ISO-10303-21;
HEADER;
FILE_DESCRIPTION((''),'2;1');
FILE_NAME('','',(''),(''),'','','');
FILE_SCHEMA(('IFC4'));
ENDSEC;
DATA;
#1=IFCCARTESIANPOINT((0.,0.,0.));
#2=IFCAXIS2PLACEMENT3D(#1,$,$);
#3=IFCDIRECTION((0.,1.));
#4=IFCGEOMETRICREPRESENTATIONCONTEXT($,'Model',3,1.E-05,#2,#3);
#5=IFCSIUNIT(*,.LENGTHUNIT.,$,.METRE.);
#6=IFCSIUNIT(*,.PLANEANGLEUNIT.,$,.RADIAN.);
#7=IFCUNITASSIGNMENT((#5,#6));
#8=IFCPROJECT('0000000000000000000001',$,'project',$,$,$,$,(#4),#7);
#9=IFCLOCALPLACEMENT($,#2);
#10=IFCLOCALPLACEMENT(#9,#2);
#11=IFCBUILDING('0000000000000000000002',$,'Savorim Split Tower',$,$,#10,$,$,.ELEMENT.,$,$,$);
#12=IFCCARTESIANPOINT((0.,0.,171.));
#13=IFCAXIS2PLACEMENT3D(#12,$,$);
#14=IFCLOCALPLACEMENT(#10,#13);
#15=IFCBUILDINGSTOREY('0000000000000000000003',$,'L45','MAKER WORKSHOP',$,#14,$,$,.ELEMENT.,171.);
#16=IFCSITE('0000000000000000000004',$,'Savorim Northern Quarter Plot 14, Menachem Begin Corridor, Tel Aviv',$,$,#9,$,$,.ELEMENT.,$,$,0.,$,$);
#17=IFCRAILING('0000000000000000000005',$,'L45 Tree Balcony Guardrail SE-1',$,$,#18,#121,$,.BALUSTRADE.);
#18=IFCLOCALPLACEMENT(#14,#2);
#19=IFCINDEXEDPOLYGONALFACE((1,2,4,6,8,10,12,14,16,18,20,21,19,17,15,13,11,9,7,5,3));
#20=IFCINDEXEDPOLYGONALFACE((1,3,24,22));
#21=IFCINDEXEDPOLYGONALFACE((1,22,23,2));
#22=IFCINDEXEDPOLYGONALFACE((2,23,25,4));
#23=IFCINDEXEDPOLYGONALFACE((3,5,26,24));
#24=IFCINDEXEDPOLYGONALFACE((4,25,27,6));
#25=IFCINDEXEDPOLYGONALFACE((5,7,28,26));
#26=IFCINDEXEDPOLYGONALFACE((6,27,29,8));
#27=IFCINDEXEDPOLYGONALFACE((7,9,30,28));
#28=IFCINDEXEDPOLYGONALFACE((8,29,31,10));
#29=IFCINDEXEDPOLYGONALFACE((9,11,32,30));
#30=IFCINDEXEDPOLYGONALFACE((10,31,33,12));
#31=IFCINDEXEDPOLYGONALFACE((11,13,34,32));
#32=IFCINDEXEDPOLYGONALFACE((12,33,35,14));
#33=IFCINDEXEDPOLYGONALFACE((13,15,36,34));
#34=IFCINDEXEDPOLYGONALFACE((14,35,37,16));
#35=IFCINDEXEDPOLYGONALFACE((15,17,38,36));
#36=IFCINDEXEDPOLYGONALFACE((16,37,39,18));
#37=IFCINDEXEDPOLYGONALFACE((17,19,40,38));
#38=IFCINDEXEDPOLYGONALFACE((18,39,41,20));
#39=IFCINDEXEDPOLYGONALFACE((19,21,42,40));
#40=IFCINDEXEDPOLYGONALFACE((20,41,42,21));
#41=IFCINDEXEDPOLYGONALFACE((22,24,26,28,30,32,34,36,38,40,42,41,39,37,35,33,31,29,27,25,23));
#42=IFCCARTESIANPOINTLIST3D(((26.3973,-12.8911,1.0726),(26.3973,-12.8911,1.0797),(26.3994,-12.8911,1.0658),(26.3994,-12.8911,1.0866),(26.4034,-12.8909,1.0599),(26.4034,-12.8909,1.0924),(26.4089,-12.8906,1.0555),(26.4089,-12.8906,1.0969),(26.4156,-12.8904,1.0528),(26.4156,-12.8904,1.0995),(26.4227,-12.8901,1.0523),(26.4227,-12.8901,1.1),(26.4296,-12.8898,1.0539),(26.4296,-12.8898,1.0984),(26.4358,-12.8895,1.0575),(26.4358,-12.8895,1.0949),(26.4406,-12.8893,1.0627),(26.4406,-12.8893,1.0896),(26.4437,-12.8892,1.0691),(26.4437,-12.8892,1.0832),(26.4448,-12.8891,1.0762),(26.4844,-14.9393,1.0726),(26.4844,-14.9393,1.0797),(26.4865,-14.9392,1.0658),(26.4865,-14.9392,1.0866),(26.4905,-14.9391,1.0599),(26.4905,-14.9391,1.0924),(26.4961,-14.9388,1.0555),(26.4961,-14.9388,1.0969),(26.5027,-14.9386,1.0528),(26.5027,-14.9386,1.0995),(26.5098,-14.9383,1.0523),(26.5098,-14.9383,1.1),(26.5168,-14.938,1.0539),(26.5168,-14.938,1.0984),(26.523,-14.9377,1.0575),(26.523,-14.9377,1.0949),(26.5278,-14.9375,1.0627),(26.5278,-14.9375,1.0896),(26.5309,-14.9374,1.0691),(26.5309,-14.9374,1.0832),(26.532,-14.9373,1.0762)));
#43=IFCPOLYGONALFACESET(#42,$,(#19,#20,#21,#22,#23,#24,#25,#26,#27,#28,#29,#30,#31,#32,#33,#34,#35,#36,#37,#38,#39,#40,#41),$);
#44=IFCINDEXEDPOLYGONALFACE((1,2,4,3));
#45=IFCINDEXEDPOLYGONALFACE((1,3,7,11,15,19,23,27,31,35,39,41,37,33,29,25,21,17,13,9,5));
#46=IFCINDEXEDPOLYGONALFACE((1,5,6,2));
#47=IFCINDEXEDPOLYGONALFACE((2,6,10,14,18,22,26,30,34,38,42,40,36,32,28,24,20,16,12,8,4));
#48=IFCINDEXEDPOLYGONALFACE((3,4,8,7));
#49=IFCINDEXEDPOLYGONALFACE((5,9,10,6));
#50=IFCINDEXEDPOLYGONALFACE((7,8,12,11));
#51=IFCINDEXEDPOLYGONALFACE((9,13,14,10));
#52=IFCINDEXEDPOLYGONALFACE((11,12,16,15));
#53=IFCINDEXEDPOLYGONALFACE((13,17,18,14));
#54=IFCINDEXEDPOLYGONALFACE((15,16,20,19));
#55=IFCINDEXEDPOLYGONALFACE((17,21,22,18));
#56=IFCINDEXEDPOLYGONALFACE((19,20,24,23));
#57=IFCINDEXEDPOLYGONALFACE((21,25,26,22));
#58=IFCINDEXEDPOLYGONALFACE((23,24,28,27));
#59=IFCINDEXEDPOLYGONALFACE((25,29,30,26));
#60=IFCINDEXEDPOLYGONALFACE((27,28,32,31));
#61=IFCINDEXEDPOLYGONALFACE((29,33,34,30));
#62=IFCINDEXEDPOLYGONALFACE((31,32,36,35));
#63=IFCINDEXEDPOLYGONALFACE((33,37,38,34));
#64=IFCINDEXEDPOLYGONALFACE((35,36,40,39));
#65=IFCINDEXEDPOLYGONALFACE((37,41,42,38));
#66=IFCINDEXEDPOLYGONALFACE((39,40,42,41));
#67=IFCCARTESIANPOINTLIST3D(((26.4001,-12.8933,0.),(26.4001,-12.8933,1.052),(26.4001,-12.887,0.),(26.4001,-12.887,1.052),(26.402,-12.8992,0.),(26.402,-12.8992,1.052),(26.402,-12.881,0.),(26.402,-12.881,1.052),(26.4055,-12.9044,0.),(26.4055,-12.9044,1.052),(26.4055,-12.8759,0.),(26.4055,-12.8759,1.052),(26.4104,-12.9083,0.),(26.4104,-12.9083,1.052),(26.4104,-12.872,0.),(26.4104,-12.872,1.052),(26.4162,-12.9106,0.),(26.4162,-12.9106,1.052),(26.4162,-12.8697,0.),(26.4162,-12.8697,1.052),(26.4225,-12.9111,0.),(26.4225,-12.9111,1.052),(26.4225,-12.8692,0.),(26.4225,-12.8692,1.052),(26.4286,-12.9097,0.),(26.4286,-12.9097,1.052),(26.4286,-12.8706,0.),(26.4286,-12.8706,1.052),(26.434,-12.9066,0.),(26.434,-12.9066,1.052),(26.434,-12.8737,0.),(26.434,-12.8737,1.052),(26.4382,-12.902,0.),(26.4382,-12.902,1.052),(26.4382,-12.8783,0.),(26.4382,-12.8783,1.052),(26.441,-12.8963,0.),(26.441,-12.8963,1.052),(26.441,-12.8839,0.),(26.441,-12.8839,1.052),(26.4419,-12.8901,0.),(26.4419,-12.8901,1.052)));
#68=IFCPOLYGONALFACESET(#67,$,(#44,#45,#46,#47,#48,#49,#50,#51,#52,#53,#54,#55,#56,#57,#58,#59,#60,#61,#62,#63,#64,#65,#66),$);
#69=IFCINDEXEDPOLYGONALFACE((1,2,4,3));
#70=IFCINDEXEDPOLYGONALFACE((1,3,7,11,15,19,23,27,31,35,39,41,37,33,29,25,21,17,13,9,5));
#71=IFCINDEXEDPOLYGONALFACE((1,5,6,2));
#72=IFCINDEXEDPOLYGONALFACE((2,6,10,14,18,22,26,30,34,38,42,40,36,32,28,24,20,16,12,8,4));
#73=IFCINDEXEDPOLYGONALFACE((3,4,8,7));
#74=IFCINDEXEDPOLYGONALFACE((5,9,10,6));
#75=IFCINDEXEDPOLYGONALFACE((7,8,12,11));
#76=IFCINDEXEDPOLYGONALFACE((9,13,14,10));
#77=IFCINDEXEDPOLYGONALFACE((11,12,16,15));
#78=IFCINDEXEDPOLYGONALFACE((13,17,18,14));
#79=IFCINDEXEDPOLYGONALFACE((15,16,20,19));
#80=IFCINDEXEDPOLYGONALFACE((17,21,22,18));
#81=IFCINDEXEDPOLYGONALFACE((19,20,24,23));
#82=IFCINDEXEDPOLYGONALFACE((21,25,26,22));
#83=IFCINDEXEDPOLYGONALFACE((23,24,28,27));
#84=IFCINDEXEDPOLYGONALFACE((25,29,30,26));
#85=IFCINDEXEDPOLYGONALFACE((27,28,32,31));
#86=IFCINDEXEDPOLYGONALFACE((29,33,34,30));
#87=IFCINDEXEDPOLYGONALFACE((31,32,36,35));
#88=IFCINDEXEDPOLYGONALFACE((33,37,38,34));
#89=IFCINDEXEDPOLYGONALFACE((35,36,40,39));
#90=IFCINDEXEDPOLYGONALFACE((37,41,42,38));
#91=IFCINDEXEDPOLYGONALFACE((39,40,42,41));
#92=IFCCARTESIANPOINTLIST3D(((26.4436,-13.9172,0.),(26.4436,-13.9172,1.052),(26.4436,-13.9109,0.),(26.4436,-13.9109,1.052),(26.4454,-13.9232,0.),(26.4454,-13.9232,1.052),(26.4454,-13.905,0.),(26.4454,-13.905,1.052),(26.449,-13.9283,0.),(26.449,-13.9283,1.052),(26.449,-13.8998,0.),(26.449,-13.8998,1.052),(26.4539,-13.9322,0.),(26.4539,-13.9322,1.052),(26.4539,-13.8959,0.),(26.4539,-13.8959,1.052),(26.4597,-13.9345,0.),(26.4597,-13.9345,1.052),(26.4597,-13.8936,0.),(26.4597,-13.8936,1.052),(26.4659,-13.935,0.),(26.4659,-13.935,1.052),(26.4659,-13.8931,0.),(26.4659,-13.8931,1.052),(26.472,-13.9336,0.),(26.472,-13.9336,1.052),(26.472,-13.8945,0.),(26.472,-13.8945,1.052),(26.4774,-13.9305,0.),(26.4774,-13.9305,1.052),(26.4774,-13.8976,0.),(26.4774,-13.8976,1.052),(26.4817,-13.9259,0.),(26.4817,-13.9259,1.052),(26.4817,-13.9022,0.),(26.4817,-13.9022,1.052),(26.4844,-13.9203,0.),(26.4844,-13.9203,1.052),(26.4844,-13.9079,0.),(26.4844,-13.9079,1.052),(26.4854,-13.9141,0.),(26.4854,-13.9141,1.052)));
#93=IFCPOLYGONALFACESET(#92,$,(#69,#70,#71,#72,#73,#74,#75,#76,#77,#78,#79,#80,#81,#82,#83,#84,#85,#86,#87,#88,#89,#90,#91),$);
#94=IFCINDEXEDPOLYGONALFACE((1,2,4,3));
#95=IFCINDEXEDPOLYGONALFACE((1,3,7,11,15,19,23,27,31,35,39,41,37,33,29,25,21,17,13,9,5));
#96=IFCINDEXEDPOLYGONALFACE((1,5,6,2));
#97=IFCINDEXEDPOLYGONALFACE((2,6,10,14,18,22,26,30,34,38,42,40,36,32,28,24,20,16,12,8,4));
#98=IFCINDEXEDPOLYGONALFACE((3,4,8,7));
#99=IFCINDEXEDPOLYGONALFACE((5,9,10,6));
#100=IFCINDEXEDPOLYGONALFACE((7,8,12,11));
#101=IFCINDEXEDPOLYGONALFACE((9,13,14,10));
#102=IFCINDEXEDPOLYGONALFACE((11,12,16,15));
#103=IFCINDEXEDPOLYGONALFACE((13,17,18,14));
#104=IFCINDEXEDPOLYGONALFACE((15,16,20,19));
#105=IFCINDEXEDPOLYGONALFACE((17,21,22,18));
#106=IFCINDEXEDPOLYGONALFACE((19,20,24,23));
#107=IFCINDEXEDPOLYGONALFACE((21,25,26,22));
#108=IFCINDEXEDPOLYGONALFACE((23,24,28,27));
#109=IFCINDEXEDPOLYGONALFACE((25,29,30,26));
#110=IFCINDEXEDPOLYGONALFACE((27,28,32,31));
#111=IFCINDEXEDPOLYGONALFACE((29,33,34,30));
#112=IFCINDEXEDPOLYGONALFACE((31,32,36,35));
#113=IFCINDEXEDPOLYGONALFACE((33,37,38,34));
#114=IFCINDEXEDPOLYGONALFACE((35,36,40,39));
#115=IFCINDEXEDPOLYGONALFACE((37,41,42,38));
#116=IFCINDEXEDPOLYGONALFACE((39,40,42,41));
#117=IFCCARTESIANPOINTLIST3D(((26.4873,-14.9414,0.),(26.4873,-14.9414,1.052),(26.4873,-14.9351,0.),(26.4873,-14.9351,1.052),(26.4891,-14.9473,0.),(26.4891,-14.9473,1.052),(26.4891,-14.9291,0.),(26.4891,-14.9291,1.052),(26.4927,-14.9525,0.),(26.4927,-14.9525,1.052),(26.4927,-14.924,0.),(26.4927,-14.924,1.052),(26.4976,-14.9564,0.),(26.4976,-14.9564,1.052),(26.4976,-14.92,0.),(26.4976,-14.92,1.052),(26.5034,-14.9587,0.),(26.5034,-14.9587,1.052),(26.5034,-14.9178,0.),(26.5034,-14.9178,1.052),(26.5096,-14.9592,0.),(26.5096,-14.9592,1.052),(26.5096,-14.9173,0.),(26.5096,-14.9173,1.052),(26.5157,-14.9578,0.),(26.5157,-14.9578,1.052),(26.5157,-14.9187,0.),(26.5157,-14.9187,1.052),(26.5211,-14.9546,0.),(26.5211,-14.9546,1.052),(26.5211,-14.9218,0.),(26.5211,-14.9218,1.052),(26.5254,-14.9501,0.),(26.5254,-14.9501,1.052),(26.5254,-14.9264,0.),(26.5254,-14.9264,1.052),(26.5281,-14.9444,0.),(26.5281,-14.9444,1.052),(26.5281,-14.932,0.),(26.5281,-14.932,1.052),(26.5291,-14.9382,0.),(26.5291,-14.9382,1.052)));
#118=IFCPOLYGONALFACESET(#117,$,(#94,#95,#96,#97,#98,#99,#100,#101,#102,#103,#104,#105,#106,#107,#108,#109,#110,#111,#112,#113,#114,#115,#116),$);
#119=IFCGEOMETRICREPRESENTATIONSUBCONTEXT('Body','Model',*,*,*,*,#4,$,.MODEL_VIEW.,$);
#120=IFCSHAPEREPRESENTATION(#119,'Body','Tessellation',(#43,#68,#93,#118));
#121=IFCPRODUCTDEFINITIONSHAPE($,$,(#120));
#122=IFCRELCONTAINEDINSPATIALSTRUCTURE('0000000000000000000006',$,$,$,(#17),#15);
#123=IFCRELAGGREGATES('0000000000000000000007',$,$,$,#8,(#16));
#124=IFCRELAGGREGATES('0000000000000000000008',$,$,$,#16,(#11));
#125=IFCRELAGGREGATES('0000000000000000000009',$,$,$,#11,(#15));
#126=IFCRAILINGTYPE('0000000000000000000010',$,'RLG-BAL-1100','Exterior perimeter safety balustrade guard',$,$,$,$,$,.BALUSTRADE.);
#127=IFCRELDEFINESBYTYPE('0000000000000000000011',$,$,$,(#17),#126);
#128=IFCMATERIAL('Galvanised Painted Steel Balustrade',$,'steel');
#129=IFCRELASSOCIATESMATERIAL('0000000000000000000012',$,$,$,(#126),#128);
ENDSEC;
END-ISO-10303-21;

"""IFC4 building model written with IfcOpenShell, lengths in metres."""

from ifc_helpers import new_model, si_unit, direction, frame, origin, origin_2d, place, context, subcontext, project, spatial, circle, extrude, material, type_object, element, save


model = new_model("IFC4")

# Units and contexts
model_context = context("Model", 3, precision=1e-05, world=origin(), true_north=direction((0.0, 1.0)))
body_context = subcontext(model_context, "Body", "Model", "MODEL_VIEW")
ifc_project = project(units=[si_unit("LENGTHUNIT", "METRE"), si_unit("PLANEANGLEUNIT", "RADIAN")], contexts=[model_context])

# Site, building, storey
site_placement = place(None, origin())
site = spatial("IfcSite", under=ifc_project, at=site_placement, Name="Savorim Northern Quarter Plot 14, Menachem Begin Corridor, Tel Aviv", CompositionType="ELEMENT", RefElevation=0.0)
building_placement = place(site_placement, origin())
building = spatial("IfcBuilding", under=site, at=building_placement, Name="Savorim Split Tower", CompositionType="ELEMENT")
storey_placement = place(building_placement, frame((0.0, 0.0, 171.0)))
storey = spatial("IfcBuildingStorey", under=building, at=storey_placement, Name="L45", Description="MAKER WORKSHOP", CompositionType="ELEMENT", Elevation=171.0)

# Railing
ifc_material_1 = material(Name="Galvanised Painted Steel Balustrade", Category="steel")
railing_type = type_object("IfcRailingType", Name="RLG-BAL-1100", Description="Exterior perimeter safety balustrade guard", PredefinedType="BALUSTRADE", material=ifc_material_1)
railing_1_placement = place(storey_placement, frame((26.4209, -12.8901, 0.0)))
element("IfcRailing", 1, at=railing_1_placement, inside=storey, type_object=railing_type, Name="L45 Tree Balcony Guardrail SE-1", PredefinedType="BALUSTRADE", context=body_context, shape_type="SweptSolid", body=[
    extrude(circle(Radius=0.0239, at=origin_2d()), frame((0.0, 0.0, 1.0762), z_axis=(0.042517, -0.999096, 0.0), x_axis=(0.999096, 0.042517, 0.0)), (0.0, 0.0, 1.0), 2.05),
    extrude(circle(Radius=0.021, at=origin_2d()), origin(), (0.0, 0.0, 1.0), 1.052),
    extrude(circle(Radius=0.021, at=origin_2d()), frame((0.0435, -1.0239, 0.0)), (0.0, 0.0, 1.0), 1.052),
    extrude(circle(Radius=0.021, at=origin_2d()), frame((0.0872, -2.0481, 0.0)), (0.0, 0.0, 1.0), 1.052),
])

save(model, "model.ifc")
